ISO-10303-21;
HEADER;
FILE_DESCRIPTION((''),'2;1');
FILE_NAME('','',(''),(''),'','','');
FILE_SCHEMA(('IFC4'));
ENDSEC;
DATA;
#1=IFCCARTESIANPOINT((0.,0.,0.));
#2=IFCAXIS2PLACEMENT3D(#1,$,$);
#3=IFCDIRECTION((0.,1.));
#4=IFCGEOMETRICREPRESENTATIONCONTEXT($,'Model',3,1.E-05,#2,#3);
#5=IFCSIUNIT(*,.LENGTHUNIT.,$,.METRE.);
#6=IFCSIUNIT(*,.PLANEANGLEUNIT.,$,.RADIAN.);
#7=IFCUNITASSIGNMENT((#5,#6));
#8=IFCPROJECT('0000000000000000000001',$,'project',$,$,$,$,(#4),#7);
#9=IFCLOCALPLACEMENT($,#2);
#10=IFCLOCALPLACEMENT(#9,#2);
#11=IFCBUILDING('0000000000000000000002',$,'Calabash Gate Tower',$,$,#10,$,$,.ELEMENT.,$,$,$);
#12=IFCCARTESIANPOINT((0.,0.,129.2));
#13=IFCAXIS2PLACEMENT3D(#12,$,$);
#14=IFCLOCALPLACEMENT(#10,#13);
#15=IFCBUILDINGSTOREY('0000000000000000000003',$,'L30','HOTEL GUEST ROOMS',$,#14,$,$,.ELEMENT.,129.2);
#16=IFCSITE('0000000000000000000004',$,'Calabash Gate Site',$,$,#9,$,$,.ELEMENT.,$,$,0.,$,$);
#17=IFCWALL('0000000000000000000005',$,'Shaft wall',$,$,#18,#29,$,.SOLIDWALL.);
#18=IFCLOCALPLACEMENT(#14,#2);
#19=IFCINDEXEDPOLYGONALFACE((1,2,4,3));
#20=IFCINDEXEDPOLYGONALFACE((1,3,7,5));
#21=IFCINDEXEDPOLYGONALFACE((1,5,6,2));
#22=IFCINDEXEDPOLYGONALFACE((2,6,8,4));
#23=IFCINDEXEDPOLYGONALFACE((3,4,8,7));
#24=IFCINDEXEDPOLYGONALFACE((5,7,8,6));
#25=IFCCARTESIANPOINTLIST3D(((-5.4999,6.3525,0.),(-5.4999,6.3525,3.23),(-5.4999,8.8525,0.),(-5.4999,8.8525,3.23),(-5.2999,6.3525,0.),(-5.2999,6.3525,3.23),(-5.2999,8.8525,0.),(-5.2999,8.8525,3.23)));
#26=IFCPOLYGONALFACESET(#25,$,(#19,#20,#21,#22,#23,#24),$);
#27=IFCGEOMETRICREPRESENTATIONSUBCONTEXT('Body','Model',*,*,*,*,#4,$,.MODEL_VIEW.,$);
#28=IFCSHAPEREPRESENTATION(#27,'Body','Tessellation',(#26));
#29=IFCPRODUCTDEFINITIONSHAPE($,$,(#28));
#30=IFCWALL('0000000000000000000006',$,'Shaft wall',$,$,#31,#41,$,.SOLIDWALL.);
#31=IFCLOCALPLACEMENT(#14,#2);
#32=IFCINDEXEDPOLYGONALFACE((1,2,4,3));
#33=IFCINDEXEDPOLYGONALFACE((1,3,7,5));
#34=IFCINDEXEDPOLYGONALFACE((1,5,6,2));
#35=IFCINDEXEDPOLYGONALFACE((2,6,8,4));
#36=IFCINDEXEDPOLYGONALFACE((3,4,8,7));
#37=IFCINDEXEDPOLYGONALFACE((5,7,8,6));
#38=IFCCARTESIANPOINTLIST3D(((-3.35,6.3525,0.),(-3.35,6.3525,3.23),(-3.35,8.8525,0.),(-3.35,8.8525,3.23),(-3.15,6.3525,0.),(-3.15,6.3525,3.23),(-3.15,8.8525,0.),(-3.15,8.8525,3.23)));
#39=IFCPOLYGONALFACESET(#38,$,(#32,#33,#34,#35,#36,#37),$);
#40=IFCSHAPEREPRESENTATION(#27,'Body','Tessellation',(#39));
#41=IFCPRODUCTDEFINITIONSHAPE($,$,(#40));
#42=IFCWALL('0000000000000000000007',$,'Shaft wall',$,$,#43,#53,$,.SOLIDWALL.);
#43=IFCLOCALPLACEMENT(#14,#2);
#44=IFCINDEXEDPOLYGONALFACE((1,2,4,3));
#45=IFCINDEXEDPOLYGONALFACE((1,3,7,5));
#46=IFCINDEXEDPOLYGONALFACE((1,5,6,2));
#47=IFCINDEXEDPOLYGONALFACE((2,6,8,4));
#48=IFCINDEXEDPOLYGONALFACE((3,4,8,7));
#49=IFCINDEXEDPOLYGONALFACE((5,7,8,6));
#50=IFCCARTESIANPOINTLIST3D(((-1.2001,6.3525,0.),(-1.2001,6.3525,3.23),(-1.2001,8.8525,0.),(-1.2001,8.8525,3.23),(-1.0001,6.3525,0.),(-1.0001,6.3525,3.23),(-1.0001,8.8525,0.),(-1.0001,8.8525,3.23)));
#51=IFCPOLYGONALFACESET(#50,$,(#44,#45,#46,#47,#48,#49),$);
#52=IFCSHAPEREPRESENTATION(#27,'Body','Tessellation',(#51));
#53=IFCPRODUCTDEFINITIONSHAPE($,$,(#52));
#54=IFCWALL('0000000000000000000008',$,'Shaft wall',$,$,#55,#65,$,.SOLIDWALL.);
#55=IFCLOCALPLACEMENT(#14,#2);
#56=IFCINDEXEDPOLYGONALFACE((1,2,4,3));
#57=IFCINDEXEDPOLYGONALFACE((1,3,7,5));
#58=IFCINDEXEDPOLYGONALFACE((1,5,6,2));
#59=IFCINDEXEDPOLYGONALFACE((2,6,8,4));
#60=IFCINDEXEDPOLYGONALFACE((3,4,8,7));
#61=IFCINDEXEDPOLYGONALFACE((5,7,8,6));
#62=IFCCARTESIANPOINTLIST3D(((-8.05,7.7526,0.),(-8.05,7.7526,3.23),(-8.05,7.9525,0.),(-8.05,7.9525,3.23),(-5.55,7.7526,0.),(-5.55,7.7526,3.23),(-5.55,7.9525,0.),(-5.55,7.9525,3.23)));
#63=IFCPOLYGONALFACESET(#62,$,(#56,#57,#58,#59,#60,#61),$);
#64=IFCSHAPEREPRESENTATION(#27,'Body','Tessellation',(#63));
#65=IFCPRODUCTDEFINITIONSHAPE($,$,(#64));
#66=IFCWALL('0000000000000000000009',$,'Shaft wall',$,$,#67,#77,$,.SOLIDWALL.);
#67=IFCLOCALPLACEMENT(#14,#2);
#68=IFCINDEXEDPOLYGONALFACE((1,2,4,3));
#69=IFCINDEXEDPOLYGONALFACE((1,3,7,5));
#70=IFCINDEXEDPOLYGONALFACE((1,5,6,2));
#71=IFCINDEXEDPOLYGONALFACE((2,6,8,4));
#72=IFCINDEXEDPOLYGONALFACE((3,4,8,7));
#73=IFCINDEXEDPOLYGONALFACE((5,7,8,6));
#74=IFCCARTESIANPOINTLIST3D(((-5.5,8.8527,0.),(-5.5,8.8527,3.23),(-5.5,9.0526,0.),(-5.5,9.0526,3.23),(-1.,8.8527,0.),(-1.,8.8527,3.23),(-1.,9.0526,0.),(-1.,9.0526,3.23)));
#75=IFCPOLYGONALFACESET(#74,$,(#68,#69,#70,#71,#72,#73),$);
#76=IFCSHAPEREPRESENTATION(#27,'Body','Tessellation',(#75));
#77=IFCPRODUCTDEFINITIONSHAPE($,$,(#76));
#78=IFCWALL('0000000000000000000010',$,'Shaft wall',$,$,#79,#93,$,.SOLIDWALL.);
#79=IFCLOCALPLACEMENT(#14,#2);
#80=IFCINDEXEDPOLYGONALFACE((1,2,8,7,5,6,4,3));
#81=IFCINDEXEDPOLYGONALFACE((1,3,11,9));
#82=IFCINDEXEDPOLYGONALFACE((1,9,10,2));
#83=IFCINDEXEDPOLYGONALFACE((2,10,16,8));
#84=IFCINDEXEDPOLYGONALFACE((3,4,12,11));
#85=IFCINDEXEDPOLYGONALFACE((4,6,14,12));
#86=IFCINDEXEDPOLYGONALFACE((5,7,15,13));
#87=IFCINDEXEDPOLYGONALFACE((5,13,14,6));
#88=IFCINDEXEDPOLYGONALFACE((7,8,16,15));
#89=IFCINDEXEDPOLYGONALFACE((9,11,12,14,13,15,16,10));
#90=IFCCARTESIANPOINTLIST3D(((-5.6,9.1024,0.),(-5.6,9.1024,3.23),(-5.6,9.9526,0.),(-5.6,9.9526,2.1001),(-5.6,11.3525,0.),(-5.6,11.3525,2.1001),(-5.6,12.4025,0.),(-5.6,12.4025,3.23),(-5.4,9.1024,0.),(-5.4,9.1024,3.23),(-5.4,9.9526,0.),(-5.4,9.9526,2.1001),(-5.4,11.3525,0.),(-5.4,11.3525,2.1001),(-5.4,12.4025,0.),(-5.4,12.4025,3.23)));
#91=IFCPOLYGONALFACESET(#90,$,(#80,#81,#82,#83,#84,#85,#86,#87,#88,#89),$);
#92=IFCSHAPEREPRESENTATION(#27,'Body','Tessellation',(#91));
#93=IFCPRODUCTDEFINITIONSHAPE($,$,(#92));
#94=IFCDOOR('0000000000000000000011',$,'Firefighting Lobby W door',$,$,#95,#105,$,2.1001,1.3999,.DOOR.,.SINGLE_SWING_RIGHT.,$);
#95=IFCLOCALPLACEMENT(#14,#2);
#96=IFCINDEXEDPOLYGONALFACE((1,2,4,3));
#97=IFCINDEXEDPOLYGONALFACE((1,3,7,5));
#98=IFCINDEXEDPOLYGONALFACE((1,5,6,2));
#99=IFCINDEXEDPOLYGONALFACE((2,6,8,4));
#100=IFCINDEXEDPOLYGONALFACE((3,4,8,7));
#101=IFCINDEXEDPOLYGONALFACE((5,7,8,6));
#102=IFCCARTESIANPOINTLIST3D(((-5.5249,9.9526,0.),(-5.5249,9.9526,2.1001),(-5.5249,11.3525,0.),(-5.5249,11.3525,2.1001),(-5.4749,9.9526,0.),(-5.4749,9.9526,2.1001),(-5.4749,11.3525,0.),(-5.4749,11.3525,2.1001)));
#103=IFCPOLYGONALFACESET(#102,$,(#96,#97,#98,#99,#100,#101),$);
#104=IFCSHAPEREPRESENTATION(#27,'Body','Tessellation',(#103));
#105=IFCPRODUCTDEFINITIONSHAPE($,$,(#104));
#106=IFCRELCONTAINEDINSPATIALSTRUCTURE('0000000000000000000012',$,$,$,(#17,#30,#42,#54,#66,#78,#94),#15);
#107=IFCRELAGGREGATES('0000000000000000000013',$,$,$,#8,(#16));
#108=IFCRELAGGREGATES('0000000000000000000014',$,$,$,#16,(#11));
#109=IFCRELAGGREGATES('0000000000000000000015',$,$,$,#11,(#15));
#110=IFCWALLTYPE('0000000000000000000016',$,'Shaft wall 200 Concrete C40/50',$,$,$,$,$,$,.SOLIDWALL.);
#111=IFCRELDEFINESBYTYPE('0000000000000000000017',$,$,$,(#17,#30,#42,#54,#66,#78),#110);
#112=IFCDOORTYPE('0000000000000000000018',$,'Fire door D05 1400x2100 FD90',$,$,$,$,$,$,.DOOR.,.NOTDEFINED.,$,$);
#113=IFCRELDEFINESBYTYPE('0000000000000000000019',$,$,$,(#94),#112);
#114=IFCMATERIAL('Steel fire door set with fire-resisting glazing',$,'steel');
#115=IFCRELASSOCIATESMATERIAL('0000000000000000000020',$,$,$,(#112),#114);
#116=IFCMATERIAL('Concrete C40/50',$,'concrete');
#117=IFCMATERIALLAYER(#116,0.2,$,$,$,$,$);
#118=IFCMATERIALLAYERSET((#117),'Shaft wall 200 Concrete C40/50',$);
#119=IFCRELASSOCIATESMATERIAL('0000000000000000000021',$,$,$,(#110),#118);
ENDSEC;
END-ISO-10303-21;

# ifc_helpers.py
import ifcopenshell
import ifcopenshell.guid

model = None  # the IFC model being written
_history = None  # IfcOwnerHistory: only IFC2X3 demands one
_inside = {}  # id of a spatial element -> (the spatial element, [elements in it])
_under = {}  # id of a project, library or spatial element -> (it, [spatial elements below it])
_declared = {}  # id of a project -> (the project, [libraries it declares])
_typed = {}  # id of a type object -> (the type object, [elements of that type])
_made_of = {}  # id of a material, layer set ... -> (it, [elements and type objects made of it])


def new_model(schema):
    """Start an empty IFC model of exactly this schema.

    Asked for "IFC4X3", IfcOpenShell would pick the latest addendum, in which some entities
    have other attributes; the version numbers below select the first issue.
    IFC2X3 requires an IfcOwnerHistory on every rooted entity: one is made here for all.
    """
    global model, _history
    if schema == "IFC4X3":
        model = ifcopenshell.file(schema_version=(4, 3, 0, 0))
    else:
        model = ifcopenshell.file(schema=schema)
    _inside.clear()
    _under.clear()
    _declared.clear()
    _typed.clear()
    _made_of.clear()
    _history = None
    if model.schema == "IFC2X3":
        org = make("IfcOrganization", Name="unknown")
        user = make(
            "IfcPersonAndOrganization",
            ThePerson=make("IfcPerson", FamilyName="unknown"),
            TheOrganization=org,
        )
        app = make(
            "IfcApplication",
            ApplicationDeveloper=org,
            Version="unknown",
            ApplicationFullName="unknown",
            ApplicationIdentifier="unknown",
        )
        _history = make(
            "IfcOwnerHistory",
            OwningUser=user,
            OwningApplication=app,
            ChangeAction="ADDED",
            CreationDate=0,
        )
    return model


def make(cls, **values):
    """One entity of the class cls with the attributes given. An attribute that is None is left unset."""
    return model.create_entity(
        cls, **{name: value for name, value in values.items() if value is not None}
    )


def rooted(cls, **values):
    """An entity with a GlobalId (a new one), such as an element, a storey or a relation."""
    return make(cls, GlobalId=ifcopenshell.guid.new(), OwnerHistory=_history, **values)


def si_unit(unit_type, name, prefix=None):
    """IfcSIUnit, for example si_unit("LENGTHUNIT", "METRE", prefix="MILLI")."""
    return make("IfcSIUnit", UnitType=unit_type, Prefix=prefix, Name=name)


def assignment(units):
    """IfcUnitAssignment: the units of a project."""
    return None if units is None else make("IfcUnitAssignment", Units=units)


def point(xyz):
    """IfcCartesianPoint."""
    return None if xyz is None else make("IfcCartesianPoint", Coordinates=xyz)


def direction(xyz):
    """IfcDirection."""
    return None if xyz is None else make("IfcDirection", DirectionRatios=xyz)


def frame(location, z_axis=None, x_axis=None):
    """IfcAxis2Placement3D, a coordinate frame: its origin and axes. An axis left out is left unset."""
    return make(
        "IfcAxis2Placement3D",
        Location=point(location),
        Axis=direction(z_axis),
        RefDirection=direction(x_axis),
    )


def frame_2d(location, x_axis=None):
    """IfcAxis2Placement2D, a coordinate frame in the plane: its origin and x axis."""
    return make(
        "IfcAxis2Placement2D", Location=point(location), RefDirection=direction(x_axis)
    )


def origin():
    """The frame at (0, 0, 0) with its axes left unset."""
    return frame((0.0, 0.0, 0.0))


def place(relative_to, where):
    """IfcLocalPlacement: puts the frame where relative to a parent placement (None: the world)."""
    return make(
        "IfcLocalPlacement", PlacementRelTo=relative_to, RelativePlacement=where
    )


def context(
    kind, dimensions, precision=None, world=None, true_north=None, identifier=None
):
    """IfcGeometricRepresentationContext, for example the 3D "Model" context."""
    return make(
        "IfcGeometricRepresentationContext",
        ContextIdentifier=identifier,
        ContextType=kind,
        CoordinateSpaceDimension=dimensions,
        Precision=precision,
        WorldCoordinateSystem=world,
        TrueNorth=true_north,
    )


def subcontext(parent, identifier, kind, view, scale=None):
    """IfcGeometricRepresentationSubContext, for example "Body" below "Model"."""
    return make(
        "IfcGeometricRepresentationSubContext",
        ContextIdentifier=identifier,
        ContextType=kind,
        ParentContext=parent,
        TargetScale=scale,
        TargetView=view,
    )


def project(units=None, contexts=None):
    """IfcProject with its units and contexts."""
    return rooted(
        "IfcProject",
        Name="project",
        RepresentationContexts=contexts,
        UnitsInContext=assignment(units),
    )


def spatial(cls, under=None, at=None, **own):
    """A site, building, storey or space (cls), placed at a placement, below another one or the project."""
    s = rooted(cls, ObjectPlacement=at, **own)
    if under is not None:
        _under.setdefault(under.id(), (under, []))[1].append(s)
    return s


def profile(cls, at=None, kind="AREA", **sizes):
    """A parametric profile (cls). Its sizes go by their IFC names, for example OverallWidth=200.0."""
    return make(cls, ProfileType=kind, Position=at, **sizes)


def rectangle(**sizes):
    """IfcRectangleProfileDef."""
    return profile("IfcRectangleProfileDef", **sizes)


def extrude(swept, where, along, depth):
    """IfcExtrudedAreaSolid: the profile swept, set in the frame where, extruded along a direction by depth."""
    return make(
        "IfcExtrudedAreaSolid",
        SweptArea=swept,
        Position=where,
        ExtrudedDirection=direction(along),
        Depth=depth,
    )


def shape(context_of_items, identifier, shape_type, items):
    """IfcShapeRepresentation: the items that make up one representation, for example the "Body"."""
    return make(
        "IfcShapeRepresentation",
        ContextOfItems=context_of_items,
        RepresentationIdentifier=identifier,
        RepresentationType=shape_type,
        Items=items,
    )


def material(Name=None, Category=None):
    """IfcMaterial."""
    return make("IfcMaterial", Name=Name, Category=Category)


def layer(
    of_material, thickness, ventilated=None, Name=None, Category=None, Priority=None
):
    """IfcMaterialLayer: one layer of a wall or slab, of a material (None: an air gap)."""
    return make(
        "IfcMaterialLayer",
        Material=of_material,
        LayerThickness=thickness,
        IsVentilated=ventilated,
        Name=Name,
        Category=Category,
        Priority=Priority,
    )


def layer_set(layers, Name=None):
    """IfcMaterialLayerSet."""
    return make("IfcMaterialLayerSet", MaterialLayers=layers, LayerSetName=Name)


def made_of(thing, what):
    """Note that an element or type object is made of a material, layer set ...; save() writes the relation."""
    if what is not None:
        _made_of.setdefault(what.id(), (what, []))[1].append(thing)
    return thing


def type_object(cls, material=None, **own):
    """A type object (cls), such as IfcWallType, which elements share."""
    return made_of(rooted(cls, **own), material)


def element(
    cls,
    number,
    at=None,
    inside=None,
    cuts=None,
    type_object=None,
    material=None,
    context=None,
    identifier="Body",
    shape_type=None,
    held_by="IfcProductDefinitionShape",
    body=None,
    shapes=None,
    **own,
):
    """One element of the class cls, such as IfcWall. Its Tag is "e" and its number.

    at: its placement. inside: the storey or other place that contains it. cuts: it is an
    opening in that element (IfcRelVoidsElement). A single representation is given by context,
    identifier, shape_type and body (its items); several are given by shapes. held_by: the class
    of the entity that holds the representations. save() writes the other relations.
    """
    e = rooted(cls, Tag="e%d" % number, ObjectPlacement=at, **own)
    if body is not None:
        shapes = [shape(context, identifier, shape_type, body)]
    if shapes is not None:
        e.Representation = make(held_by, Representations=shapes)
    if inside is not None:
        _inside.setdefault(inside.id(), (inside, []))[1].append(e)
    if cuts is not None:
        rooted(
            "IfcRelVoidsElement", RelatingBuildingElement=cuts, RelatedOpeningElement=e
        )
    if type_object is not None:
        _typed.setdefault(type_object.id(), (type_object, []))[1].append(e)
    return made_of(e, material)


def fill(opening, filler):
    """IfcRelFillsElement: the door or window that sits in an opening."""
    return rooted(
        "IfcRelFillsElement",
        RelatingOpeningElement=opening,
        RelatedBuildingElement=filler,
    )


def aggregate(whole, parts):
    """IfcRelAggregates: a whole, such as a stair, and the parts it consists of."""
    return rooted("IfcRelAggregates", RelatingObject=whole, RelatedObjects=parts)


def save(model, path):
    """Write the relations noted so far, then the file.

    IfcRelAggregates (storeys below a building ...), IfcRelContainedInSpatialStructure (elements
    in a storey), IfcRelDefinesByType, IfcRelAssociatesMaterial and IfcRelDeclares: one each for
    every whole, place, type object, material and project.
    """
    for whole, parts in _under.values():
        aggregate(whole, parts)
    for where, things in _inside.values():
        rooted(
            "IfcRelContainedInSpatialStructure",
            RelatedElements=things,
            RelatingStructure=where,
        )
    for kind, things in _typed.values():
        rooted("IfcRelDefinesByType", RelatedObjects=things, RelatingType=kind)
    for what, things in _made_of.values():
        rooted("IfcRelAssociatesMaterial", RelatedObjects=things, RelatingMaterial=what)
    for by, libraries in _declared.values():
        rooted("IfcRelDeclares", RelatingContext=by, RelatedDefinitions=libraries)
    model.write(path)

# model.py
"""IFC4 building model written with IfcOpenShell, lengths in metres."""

from ifc_helpers import new_model, si_unit, direction, frame, frame_2d, origin, place, context, subcontext, project, spatial, rectangle, extrude, material, layer, layer_set, type_object, element, fill, save


model = new_model("IFC4")

# Units and contexts
model_context = context("Model", 3, precision=1e-05, world=origin(), true_north=direction((0.0, 1.0)))
body_context = subcontext(model_context, "Body", "Model", "MODEL_VIEW")
ifc_project = project(units=[si_unit("LENGTHUNIT", "METRE"), si_unit("PLANEANGLEUNIT", "RADIAN")], contexts=[model_context])

# Site, building, storey
site_placement = place(None, origin())
site = spatial("IfcSite", under=ifc_project, at=site_placement, Name="Calabash Gate Site", CompositionType="ELEMENT", RefElevation=0.0)
building_placement = place(site_placement, origin())
building = spatial("IfcBuilding", under=site, at=building_placement, Name="Calabash Gate Tower", CompositionType="ELEMENT")
storey_placement = place(building_placement, frame((0.0, 0.0, 129.2)))
storey = spatial("IfcBuildingStorey", under=building, at=storey_placement, Name="L30", Description="HOTEL GUEST ROOMS", CompositionType="ELEMENT", Elevation=129.2)

# Shared definitions
ifc_material_1 = material(Name="Steel fire door set with fire-resisting glazing", Category="steel")
door_type_1 = type_object("IfcDoorType", Name="Fire door D05 1400x2100 FD90", OperationType="NOTDEFINED", PredefinedType="DOOR", material=ifc_material_1)

# Walls
ifc_material_2 = material(Name="Concrete C40/50", Category="concrete")
ifc_layer_1 = layer(ifc_material_2, 0.2)
ifc_layer_set_1 = layer_set([ifc_layer_1], Name="Shaft wall 200 Concrete C40/50")
wall_type_1 = type_object("IfcWallType", Name="Shaft wall 200 Concrete C40/50", PredefinedType="SOLIDWALL", material=ifc_layer_set_1)
for number, where, z_axis, x_axis, name in (
    (1, (-5.3999, 6.3525, 0.0), (0.0, 0.0, 1.0), (0.0, 1.0, 0.0), "Shaft wall"),
    (2, (-3.25, 6.3525, 0.0), (0.0, 0.0, 1.0), (0.0, 1.0, 0.0), "Shaft wall"),
    (3, (-1.1001, 6.3525, 0.0), (0.0, 0.0, 1.0), (0.0, 1.0, 0.0), "Shaft wall"),
    (4, (-8.05, 7.8525, 0.0), (0.0, 0.0, 1.0), (1.0, 0.0, 0.0), "Shaft wall"),
):
    element("IfcWall", number, at=place(storey_placement, frame(where, z_axis=z_axis, x_axis=x_axis)), inside=storey, type_object=wall_type_1, Name=name, PredefinedType="SOLIDWALL", context=body_context, shape_type="SweptSolid", body=[
        extrude(rectangle(XDim=2.5, YDim=0.2, at=frame_2d((1.25, 0.0))), origin(), (0.0, 0.0, 1.0), 3.23),
    ])
wall_1_placement = place(storey_placement, frame((-5.5, 8.9526, 0.0), z_axis=(0.0, 0.0, 1.0), x_axis=(1.0, 0.0, 0.0)))
element("IfcWall", 5, at=wall_1_placement, inside=storey, type_object=wall_type_1, Name="Shaft wall", PredefinedType="SOLIDWALL", context=body_context, shape_type="SweptSolid", body=[
    extrude(rectangle(XDim=4.5, YDim=0.2, at=frame_2d((2.25, 0.0))), origin(), (0.0, 0.0, 1.0), 3.23),
])

# Wall, opening, door
wall_2_placement = place(storey_placement, frame((-5.5, 9.1025, 0.0), z_axis=(0.0, 0.0, 1.0), x_axis=(0.0, 1.0, 0.0)))
wall_2 = element("IfcWall", 6, at=wall_2_placement, inside=storey, type_object=wall_type_1, Name="Shaft wall", PredefinedType="SOLIDWALL", context=body_context, shape_type="SweptSolid", body=[
    extrude(rectangle(XDim=3.3, YDim=0.2, at=frame_2d((1.6499, 0.0))), origin(), (0.0, 0.0, 1.0), 3.23),
])
opening_1_placement = place(wall_2_placement, frame((0.8501, 0.0, 0.0)))
opening_1 = element("IfcOpeningElement", 7, at=opening_1_placement, cuts=wall_2, PredefinedType="OPENING", context=body_context, shape_type="SweptSolid", body=[
    extrude(rectangle(XDim=1.3999, YDim=2.1001, at=frame_2d((0.7, 1.05))), frame((0.0, 0.1099, 0.0), z_axis=(0.0, -1.0, 0.0), x_axis=(1.0, 0.0, 0.0)), (0.0, 0.0, 1.0), 0.22),
])
door_1_placement = place(opening_1_placement, origin())
door_1 = element("IfcDoor", 8, at=door_1_placement, inside=storey, type_object=door_type_1, Name="Firefighting Lobby W door", OperationType="SINGLE_SWING_RIGHT", OverallHeight=2.1001, OverallWidth=1.3999, PredefinedType="DOOR", context=body_context, shape_type="SweptSolid", body=[
    extrude(rectangle(XDim=1.3999, YDim=2.1001, at=frame_2d((0.7, 1.05))), frame((0.0, 0.0249, 0.0), z_axis=(0.0, -1.0, 0.0), x_axis=(1.0, 0.0, 0.0)), (0.0, 0.0, 1.0), 0.05),
])
fill(opening_1, door_1)

save(model, "model.ifc")
